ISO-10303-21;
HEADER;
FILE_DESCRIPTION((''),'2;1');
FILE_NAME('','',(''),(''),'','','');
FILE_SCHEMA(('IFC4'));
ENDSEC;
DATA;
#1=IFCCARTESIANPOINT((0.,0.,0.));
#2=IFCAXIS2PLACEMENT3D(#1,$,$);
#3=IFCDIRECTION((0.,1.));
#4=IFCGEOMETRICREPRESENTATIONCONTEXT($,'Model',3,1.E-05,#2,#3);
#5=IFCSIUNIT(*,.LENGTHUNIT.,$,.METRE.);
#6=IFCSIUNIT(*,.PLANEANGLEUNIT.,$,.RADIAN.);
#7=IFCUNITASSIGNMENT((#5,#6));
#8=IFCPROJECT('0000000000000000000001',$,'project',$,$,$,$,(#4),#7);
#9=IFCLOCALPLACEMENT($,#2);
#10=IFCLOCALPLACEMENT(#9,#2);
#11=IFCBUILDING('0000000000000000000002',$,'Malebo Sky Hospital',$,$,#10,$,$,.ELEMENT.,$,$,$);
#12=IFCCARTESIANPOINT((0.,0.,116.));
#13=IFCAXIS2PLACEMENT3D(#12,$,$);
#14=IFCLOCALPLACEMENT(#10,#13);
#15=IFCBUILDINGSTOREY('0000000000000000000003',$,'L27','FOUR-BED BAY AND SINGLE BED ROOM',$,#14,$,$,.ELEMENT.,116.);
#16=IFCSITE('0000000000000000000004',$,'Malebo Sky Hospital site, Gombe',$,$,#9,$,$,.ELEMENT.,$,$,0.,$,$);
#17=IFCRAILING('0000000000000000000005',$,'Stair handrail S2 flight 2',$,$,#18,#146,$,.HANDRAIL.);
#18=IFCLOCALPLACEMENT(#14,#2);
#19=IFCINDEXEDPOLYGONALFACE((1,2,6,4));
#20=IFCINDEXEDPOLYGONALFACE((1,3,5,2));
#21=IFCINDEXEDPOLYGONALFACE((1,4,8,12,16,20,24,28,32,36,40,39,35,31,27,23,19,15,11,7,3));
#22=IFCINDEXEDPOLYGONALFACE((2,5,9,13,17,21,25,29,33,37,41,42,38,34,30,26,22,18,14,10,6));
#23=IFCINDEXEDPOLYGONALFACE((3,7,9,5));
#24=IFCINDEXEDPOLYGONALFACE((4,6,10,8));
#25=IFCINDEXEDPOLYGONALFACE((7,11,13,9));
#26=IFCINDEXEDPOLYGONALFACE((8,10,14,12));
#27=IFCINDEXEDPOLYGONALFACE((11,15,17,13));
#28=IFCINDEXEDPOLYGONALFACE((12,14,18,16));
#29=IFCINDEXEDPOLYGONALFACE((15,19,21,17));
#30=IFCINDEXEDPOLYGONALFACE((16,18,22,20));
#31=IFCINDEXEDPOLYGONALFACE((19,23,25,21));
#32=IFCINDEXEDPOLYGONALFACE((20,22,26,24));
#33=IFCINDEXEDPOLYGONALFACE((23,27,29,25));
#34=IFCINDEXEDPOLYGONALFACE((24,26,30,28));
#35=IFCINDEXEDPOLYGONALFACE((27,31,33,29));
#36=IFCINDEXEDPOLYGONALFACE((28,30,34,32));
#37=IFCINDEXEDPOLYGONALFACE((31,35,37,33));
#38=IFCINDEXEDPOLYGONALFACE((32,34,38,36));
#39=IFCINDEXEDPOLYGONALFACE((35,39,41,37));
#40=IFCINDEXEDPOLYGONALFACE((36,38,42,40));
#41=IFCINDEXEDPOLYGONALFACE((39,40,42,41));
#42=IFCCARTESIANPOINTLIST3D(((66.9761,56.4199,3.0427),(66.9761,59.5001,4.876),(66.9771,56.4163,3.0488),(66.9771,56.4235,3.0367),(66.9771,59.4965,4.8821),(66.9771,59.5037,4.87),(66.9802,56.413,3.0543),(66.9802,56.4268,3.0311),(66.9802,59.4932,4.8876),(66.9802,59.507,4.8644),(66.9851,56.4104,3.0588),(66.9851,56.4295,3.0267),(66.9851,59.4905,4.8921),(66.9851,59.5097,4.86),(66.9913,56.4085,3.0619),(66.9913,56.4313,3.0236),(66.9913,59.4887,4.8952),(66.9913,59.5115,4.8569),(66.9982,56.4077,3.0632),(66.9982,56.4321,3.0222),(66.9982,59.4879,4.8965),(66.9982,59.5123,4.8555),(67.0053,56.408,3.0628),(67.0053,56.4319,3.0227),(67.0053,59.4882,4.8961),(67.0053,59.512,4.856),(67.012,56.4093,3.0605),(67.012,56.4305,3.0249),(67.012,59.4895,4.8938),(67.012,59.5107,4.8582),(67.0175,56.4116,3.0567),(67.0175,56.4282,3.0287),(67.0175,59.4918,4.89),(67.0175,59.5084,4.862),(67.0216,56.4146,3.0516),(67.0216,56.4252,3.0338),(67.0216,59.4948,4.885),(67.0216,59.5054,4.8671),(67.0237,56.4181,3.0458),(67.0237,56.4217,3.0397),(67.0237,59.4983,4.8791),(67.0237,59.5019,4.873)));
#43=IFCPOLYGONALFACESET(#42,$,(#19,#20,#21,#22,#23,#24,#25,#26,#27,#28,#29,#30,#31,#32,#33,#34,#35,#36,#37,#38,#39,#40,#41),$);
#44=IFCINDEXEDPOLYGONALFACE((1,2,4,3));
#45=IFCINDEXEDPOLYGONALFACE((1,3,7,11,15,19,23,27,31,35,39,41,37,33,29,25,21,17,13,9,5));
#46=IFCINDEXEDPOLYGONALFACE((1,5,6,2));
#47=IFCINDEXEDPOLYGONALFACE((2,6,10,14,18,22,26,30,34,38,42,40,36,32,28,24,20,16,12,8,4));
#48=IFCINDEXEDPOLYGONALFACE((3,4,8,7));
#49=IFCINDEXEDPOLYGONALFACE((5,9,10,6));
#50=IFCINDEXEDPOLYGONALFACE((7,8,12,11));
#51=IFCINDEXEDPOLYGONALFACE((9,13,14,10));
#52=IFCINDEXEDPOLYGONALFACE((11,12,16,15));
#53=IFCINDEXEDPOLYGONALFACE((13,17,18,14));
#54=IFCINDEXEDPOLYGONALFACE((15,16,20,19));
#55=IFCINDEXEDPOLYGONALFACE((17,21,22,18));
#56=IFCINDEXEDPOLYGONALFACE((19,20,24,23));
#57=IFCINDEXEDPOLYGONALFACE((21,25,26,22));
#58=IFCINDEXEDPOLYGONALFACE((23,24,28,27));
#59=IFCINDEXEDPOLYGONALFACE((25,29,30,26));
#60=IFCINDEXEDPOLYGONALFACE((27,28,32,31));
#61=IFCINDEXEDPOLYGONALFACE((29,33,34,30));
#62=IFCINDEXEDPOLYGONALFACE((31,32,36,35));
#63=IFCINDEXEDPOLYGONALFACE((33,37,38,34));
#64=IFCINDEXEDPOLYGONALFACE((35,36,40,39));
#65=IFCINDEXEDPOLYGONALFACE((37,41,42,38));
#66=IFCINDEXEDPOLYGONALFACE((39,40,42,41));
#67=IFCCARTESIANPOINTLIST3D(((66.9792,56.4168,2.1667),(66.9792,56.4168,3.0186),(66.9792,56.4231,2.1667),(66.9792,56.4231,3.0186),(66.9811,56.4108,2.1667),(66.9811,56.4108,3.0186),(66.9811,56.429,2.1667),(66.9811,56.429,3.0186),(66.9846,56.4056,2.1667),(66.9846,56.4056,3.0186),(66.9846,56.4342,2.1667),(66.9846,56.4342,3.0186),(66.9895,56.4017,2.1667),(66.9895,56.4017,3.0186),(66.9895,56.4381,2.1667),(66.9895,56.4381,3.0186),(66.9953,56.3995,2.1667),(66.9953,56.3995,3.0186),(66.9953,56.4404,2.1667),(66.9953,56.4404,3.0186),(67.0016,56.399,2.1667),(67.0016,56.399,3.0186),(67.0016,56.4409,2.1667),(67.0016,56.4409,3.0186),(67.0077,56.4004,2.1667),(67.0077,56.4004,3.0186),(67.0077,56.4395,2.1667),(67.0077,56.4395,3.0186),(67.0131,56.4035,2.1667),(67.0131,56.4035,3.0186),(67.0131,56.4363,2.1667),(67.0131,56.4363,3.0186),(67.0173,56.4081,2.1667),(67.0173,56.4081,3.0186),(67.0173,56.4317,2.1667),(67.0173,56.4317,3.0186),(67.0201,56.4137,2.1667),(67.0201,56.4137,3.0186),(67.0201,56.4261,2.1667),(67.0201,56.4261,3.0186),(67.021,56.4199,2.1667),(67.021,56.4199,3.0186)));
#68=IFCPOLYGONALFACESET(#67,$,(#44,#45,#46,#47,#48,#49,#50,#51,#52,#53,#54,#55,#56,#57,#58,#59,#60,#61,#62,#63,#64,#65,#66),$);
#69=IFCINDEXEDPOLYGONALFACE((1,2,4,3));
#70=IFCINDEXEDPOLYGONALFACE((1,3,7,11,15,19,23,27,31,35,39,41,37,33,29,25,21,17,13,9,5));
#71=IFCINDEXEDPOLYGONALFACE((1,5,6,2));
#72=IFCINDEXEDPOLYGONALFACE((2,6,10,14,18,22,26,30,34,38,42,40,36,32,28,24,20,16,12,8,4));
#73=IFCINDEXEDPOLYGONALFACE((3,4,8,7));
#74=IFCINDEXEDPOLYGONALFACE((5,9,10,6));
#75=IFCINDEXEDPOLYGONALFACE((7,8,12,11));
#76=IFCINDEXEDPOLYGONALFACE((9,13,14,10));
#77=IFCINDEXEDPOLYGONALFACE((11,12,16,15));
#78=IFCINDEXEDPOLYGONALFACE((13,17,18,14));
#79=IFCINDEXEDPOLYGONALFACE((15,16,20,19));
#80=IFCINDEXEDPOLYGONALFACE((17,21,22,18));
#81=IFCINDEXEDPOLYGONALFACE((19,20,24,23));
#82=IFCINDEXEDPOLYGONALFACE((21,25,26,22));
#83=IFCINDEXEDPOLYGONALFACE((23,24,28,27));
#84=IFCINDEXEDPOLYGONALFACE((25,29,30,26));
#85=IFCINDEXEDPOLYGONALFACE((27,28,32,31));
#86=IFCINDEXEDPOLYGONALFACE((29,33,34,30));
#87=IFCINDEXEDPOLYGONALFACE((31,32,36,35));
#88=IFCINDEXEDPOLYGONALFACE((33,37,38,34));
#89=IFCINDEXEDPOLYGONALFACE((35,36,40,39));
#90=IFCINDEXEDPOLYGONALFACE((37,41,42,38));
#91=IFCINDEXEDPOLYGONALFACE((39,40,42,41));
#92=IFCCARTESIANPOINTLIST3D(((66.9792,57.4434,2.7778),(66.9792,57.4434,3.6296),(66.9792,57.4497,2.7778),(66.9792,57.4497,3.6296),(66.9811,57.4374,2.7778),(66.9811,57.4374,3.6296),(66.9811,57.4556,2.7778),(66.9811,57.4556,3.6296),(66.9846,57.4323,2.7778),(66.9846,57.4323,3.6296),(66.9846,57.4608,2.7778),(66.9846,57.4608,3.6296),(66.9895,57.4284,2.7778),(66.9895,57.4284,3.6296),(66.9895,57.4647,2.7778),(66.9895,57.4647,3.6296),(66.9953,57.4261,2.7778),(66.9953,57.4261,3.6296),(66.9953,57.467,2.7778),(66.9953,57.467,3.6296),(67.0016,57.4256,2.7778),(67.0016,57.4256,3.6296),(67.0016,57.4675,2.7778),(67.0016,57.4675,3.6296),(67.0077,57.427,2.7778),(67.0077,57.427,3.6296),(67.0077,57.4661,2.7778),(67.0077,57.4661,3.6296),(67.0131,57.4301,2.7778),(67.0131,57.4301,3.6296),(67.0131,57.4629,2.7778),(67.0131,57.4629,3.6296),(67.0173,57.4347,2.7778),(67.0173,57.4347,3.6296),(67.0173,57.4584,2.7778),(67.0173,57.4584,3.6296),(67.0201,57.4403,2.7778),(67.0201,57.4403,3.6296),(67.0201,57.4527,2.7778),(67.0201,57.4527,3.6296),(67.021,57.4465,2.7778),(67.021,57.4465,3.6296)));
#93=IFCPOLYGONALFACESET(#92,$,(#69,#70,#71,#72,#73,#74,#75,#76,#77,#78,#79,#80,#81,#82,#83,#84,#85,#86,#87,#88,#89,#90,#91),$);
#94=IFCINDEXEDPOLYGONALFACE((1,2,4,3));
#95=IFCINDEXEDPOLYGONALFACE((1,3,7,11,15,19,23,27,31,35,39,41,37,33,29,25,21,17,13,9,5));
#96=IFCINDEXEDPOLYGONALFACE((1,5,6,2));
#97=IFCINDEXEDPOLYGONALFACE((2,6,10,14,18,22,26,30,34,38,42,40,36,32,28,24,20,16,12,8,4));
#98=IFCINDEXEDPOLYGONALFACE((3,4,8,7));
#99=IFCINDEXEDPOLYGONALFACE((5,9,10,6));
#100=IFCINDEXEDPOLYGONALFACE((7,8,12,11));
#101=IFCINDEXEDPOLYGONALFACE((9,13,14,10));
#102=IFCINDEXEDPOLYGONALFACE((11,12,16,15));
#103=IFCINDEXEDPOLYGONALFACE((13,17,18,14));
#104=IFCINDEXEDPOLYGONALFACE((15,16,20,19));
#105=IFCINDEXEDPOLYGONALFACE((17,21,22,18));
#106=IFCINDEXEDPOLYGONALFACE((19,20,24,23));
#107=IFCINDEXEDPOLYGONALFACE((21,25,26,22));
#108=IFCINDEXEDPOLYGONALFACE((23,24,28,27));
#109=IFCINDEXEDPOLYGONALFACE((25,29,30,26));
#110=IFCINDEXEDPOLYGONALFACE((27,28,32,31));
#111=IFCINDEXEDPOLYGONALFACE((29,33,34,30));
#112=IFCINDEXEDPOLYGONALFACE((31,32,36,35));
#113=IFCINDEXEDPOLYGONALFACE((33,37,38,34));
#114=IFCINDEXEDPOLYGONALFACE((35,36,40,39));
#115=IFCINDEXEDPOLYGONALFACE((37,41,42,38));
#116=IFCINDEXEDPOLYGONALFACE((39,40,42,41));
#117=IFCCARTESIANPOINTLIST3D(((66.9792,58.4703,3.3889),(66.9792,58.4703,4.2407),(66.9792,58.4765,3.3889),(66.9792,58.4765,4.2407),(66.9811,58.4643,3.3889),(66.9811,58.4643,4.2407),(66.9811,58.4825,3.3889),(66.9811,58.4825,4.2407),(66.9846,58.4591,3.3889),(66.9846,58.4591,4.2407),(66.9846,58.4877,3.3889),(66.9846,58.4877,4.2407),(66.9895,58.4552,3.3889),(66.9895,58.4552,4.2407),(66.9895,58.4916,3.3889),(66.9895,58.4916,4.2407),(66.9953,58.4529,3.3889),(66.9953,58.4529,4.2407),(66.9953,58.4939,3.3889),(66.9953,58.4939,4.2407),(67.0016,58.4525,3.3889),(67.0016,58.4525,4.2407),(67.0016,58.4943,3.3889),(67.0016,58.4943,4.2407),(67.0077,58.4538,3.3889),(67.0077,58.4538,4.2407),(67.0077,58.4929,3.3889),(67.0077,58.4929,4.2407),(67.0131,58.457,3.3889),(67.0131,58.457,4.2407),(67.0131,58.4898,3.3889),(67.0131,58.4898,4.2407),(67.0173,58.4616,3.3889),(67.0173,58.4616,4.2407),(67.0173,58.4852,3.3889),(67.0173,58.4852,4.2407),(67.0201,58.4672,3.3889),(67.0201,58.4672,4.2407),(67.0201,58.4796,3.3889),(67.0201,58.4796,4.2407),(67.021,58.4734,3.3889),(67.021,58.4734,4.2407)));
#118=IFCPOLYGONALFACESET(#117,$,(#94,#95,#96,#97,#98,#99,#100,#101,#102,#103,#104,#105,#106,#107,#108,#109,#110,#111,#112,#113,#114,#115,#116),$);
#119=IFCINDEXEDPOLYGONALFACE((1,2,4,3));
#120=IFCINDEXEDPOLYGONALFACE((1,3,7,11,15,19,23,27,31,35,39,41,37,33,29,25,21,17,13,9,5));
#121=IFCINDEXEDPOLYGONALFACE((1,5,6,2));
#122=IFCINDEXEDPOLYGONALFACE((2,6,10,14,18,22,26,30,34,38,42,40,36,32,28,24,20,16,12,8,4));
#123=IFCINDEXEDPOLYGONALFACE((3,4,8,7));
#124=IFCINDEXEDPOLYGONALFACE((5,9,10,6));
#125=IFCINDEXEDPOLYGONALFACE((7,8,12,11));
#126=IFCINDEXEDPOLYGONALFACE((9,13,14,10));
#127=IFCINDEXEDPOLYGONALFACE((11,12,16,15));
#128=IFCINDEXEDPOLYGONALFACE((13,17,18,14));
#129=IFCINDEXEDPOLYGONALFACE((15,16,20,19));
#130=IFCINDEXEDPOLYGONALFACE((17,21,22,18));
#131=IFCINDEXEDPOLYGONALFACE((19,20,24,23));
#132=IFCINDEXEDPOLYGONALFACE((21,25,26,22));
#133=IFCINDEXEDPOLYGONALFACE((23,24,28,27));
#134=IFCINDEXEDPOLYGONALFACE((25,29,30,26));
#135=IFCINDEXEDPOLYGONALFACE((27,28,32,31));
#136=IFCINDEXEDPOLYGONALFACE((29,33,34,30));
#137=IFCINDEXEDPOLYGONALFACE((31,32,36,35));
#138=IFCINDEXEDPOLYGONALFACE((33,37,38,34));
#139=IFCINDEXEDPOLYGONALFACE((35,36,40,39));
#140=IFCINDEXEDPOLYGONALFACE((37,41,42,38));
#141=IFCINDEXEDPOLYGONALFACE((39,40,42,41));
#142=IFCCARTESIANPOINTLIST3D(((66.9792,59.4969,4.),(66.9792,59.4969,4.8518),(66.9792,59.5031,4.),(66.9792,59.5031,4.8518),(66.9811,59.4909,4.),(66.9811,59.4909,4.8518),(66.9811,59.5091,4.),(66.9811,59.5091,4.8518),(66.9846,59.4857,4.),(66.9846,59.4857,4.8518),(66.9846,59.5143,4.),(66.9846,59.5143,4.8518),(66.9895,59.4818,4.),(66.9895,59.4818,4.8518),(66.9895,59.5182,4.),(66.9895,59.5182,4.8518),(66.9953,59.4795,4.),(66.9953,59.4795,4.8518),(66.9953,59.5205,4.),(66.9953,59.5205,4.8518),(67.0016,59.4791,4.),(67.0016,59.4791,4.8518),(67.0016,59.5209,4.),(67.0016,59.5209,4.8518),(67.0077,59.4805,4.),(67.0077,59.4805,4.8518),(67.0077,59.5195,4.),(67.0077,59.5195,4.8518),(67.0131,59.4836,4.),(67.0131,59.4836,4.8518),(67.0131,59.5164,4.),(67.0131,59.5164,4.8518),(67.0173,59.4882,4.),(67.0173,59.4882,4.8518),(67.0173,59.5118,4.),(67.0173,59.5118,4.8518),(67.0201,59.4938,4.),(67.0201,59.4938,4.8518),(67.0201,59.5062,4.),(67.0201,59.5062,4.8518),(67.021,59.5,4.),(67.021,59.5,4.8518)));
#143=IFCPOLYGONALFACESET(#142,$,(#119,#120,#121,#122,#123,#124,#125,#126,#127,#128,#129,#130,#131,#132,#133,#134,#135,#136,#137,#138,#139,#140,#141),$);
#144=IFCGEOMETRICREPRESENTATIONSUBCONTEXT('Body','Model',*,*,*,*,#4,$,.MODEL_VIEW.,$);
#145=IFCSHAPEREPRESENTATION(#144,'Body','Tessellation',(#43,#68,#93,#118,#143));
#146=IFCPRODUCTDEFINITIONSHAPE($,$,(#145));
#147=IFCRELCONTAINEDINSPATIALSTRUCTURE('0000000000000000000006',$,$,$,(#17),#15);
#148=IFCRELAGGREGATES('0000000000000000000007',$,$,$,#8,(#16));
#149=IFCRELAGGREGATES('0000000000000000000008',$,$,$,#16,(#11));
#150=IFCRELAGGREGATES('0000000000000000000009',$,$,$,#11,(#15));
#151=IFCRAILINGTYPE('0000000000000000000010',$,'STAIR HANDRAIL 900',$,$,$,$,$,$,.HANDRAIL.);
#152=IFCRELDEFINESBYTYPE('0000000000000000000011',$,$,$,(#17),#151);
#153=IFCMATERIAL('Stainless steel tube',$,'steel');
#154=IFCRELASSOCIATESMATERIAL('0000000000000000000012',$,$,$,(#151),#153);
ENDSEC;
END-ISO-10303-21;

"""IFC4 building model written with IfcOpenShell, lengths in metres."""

from ifc_helpers import new_model, si_unit, direction, frame, origin, origin_2d, place, context, subcontext, project, spatial, circle, extrude, material, type_object, element, save


model = new_model("IFC4")

# Units and contexts
model_context = context("Model", 3, precision=1e-05, world=origin(), true_north=direction((0.0, 1.0)))
body_context = subcontext(model_context, "Body", "Model", "MODEL_VIEW")
ifc_project = project(units=[si_unit("LENGTHUNIT", "METRE"), si_unit("PLANEANGLEUNIT", "RADIAN")], contexts=[model_context])

# Site, building, storey
site_placement = place(None, origin())
site = spatial("IfcSite", under=ifc_project, at=site_placement, Name="Malebo Sky Hospital site, Gombe", CompositionType="ELEMENT", RefElevation=0.0)
building_placement = place(site_placement, origin())
building = spatial("IfcBuilding", under=site, at=building_placement, Name="Malebo Sky Hospital", CompositionType="ELEMENT")
storey_placement = place(building_placement, frame((0.0, 0.0, 116.0)))
storey = spatial("IfcBuildingStorey", under=building, at=storey_placement, Name="L27", Description="FOUR-BED BAY AND SINGLE BED ROOM", CompositionType="ELEMENT", Elevation=116.0)

# Railing
ifc_material_1 = material(Name="Stainless steel tube", Category="steel")
railing_type = type_object("IfcRailingType", Name="STAIR HANDRAIL 900", PredefinedType="HANDRAIL", material=ifc_material_1)
railing_1_placement = place(storey_placement, frame((67.0, 56.4199, 2.1667)))
element("IfcRailing", 1, at=railing_1_placement, inside=storey, type_object=railing_type, Name="Stair handrail S2 flight 2", PredefinedType="HANDRAIL", context=body_context, shape_type="SweptSolid", body=[
    extrude(circle(Radius=0.0239, at=origin_2d()), frame((0.0, 0.0, 0.876), z_axis=(0.0, 0.859309, 0.511458), x_axis=(-1.0, 0.0, 0.0)), (0.0, 0.0, 1.0), 3.5845),
    extrude(circle(Radius=0.021, at=origin_2d()), origin(), (0.0, 0.0, 1.0), 0.8518),
    extrude(circle(Radius=0.021, at=origin_2d()), frame((0.0, 1.0266, 0.6111)), (0.0, 0.0, 1.0), 0.8518),
    extrude(circle(Radius=0.021, at=origin_2d()), frame((0.0, 2.0535, 1.2222)), (0.0, 0.0, 1.0), 0.8518),
    extrude(circle(Radius=0.021, at=origin_2d()), frame((0.0, 3.0801, 1.8333)), (0.0, 0.0, 1.0), 0.8518),
])

save(model, "model.ifc")
